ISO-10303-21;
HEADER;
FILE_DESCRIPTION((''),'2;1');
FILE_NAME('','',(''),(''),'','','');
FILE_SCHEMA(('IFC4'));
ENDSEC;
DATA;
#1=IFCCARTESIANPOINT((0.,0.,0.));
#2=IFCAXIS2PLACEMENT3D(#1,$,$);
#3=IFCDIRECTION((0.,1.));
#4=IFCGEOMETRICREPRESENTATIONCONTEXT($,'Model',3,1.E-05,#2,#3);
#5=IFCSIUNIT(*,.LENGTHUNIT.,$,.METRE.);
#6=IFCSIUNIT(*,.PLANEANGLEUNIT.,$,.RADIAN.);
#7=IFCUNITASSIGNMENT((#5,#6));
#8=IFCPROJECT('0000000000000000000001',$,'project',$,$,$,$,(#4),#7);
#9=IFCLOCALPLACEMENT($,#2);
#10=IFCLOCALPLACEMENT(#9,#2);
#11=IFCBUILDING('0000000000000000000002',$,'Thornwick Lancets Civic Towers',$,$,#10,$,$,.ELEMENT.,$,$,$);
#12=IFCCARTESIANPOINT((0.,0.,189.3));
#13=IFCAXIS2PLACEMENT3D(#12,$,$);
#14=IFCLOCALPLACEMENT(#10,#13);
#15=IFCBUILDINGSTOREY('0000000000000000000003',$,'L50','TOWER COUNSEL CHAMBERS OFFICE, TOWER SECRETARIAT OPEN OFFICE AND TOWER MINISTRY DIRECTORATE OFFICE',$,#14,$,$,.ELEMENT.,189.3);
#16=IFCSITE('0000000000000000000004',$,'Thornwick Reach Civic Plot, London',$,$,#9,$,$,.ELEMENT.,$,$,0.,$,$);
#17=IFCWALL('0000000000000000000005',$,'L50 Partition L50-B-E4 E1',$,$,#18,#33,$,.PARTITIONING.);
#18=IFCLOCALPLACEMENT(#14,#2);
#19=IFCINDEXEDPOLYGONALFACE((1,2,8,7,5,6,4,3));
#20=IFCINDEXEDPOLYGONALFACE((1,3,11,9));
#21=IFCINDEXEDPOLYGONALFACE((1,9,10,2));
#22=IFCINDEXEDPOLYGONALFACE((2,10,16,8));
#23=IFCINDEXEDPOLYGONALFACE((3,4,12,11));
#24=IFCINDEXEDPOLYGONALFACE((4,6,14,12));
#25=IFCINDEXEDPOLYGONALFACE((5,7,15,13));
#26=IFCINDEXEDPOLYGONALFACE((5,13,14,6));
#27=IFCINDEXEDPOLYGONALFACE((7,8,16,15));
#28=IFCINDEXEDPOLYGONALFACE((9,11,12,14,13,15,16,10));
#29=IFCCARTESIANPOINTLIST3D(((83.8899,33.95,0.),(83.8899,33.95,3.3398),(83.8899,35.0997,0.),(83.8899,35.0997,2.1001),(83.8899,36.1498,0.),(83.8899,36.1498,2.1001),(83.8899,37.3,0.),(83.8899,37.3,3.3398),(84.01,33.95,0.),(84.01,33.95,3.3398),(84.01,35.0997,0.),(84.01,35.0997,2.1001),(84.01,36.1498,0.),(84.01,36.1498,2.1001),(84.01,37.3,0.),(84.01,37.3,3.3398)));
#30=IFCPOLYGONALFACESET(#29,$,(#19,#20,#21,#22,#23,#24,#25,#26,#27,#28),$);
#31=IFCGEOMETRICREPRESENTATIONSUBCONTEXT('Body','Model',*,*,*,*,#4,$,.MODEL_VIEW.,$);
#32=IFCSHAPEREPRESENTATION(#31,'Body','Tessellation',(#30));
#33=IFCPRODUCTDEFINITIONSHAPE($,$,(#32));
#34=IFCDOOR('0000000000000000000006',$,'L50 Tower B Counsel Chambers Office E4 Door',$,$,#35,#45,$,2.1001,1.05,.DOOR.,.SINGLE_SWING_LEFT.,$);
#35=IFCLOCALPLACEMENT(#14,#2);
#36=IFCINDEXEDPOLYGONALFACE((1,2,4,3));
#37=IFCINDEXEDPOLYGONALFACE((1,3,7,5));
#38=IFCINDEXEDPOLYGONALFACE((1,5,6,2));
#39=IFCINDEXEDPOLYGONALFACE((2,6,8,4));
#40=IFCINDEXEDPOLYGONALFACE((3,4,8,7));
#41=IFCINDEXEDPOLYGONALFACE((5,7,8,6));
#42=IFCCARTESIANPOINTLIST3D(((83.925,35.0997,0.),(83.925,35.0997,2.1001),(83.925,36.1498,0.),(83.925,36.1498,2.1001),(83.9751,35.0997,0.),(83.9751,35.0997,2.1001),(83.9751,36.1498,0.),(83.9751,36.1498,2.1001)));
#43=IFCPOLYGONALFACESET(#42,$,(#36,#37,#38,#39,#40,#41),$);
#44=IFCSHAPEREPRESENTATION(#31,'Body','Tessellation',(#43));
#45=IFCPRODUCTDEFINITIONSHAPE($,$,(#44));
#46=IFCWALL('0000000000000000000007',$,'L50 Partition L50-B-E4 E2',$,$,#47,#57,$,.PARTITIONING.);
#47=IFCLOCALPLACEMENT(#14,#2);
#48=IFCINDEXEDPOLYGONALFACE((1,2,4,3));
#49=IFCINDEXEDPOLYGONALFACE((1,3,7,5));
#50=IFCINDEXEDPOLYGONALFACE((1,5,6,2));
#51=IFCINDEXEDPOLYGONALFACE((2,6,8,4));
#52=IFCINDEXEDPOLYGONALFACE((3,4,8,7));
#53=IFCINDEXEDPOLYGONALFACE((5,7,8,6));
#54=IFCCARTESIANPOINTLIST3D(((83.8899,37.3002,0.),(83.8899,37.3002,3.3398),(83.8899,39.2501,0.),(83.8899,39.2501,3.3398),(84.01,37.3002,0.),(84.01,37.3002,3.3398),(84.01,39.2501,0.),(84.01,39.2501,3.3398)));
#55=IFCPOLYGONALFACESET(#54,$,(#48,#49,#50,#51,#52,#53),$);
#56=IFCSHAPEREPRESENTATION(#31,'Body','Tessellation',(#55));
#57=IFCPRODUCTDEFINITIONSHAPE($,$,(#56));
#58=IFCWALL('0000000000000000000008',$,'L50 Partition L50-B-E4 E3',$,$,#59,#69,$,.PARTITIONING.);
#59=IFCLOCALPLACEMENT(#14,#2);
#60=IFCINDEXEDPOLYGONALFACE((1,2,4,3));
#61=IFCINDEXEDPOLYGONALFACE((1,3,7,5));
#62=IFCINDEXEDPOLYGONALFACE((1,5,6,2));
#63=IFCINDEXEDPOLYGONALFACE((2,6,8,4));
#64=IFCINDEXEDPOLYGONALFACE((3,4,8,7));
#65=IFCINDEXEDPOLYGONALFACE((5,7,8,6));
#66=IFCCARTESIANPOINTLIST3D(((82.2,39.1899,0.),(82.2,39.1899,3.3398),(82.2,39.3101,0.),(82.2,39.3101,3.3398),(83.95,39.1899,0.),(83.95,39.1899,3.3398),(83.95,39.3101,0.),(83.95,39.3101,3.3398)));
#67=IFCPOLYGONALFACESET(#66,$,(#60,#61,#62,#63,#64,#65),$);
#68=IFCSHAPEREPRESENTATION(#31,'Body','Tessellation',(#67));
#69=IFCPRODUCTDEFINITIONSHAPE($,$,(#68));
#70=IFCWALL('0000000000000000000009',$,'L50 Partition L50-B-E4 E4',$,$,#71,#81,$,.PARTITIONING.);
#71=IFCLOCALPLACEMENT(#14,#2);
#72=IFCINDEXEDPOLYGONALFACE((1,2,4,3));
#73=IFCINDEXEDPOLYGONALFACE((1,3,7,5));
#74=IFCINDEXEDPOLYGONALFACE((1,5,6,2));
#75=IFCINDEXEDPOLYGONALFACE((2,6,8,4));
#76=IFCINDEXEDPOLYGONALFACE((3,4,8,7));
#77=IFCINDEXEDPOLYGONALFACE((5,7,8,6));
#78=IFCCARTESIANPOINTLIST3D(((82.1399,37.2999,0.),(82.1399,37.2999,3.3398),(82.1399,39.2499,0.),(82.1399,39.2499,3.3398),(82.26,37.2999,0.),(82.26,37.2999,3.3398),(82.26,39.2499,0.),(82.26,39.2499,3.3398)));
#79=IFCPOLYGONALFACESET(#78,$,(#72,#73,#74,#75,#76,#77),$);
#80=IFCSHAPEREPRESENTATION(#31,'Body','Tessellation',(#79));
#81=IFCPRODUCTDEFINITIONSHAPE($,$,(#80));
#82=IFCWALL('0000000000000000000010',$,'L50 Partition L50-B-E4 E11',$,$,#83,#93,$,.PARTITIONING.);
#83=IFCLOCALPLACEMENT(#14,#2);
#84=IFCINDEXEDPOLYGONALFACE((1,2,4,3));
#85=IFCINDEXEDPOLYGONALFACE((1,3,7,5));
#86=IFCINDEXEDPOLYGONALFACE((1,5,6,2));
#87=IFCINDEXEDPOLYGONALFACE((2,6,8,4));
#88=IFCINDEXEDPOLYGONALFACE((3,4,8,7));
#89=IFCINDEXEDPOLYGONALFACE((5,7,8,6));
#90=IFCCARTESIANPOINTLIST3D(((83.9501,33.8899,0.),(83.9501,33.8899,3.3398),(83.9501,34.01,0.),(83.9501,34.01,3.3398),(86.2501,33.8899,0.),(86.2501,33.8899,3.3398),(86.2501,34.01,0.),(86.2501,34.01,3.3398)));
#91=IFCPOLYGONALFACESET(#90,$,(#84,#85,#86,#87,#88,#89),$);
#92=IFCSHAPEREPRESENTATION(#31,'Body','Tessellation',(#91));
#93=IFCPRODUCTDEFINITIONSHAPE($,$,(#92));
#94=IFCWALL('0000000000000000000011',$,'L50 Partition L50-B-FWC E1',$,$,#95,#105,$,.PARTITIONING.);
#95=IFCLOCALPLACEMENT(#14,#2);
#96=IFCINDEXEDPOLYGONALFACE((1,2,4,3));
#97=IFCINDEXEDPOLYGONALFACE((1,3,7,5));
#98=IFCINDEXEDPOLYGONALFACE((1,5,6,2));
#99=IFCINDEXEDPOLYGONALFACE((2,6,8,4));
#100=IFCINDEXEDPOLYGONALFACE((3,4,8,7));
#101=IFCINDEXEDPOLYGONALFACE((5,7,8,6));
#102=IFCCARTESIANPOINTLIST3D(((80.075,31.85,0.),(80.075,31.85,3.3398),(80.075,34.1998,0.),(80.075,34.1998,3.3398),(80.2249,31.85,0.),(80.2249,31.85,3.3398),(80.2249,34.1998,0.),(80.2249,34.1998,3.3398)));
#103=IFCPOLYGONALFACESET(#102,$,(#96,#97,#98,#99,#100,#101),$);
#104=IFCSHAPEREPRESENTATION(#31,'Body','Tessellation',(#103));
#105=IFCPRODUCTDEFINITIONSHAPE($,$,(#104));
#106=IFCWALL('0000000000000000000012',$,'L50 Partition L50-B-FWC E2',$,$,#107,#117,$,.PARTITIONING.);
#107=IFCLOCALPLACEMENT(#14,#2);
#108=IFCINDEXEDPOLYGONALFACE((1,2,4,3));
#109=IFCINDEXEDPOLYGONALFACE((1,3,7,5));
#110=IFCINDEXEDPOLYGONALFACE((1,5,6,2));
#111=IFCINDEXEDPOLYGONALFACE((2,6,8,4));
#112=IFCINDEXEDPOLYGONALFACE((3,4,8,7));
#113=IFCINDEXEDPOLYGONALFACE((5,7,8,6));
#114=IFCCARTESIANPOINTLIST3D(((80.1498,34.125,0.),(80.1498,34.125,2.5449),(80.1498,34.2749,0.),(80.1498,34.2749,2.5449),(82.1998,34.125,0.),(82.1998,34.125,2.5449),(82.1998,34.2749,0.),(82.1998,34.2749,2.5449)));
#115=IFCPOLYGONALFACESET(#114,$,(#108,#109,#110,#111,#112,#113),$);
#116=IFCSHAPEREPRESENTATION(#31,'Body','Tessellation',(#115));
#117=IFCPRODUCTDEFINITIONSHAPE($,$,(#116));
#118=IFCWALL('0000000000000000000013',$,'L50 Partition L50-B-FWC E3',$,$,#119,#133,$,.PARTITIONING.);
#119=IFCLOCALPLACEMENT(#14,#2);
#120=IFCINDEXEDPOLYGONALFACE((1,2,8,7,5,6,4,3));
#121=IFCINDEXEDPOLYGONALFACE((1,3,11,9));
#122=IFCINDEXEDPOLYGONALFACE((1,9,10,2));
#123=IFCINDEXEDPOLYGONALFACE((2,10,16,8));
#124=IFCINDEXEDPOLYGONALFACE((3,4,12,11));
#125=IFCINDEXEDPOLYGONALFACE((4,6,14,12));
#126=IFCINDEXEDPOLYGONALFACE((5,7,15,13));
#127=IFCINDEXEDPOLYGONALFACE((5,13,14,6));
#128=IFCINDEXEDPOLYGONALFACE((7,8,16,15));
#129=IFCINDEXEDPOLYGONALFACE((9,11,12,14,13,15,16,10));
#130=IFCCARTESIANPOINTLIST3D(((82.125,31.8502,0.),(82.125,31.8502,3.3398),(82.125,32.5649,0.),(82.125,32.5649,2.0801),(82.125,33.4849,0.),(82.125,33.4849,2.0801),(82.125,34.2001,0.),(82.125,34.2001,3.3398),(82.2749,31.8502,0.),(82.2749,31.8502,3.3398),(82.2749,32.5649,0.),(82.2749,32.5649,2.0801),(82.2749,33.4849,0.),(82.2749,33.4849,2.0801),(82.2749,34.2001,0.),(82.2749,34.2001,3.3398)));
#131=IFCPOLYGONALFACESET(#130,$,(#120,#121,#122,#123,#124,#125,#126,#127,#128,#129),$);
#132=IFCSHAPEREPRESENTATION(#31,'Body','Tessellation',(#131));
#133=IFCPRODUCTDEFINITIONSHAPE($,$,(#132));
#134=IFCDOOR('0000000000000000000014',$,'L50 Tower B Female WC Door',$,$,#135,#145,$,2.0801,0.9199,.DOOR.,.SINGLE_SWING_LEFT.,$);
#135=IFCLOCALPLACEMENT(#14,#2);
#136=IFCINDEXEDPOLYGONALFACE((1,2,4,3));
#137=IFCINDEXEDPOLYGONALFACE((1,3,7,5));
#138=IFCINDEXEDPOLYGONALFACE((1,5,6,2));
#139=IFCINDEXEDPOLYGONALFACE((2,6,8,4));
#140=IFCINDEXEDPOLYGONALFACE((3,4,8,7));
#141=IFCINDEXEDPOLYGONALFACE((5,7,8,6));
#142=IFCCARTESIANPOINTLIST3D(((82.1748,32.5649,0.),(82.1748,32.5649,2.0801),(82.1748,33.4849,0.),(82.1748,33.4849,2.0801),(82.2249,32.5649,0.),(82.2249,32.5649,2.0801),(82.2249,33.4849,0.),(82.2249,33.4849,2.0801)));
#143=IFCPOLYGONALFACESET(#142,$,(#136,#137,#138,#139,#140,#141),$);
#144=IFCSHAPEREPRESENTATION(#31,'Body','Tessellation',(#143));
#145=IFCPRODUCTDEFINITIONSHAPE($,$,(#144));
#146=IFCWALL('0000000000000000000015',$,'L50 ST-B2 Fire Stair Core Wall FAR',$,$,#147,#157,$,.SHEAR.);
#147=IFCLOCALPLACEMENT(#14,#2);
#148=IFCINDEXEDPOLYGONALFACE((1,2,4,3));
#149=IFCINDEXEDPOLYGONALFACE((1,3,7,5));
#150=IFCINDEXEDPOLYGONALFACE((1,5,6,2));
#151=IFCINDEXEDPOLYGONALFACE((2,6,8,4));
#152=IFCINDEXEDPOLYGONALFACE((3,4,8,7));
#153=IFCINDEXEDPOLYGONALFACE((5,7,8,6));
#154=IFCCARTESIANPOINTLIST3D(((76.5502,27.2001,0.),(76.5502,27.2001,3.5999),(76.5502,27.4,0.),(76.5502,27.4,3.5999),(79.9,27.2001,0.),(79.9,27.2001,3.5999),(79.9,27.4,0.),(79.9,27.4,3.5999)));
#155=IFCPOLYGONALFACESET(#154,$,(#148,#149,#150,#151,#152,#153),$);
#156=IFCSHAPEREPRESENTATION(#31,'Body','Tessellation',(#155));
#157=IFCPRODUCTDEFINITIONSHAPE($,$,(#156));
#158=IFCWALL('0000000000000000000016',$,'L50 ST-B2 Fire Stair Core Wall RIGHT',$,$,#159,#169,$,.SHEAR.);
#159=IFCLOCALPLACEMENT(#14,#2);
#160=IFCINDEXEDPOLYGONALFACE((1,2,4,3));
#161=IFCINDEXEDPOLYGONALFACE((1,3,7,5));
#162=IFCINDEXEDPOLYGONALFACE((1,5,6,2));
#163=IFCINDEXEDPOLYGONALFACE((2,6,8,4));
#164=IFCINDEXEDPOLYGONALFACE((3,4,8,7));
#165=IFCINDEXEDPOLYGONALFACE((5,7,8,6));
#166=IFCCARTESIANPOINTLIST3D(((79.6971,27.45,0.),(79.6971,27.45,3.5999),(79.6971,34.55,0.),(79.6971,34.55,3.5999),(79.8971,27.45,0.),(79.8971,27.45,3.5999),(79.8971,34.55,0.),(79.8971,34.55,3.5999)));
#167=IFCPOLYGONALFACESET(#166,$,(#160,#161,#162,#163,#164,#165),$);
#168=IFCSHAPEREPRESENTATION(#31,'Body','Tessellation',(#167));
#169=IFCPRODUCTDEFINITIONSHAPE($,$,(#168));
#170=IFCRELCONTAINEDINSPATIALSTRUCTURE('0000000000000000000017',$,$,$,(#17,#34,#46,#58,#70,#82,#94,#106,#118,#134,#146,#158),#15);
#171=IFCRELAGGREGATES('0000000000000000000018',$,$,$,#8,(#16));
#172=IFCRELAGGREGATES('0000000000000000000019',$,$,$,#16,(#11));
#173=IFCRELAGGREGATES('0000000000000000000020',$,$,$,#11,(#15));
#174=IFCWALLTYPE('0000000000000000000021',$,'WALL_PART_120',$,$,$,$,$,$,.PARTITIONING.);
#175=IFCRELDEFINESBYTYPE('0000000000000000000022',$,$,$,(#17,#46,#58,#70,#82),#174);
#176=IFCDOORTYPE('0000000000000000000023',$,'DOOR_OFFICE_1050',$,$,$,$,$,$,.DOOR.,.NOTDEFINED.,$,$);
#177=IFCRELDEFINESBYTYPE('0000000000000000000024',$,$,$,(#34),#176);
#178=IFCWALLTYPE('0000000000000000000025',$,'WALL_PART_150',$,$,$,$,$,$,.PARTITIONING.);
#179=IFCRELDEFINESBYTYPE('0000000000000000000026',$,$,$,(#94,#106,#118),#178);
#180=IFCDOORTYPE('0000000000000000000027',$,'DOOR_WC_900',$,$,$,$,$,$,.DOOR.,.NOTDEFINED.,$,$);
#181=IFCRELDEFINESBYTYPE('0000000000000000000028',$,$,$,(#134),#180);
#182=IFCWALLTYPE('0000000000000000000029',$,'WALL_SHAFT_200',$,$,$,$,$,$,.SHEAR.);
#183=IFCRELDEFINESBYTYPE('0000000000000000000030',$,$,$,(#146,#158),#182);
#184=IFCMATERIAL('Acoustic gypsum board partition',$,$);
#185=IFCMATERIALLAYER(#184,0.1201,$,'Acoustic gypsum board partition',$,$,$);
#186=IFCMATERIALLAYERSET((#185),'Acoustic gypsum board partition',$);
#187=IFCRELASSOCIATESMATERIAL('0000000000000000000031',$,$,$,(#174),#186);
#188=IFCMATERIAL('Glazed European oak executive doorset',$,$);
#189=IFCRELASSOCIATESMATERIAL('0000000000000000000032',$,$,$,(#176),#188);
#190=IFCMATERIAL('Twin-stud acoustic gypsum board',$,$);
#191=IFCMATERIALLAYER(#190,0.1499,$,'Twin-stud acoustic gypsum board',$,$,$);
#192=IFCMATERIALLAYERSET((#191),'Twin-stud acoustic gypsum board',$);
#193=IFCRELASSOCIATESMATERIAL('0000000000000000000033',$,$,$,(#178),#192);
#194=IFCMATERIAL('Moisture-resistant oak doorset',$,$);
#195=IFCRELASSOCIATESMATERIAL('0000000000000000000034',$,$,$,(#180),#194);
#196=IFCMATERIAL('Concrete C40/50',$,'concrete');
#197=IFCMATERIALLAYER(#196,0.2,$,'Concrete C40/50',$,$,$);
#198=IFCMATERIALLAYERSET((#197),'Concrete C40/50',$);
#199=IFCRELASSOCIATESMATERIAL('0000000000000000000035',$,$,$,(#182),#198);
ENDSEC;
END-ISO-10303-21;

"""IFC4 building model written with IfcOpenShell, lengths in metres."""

from ifc_helpers import new_model, si_unit, direction, frame, frame_2d, origin, place, context, subcontext, project, spatial, rectangle, extrude, material, layer, layer_set, type_object, element, fill, save


model = new_model("IFC4")

# Units and contexts
model_context = context("Model", 3, precision=1e-05, world=origin(), true_north=direction((0.0, 1.0)))
body_context = subcontext(model_context, "Body", "Model", "MODEL_VIEW")
ifc_project = project(units=[si_unit("LENGTHUNIT", "METRE"), si_unit("PLANEANGLEUNIT", "RADIAN")], contexts=[model_context])

# Site, building, storey
site_placement = place(None, origin())
site = spatial("IfcSite", under=ifc_project, at=site_placement, Name="Thornwick Reach Civic Plot, London", CompositionType="ELEMENT", RefElevation=0.0)
building_placement = place(site_placement, origin())
building = spatial("IfcBuilding", under=site, at=building_placement, Name="Thornwick Lancets Civic Towers", CompositionType="ELEMENT")
storey_placement = place(building_placement, frame((0.0, 0.0, 189.3)))
storey = spatial("IfcBuildingStorey", under=building, at=storey_placement, Name="L50", Description="TOWER COUNSEL CHAMBERS OFFICE, TOWER SECRETARIAT OPEN OFFICE AND TOWER MINISTRY DIRECTORATE OFFICE", CompositionType="ELEMENT", Elevation=189.3)

# Shared definitions
ifc_material_1 = material(Name="Acoustic gypsum board partition")
ifc_layer_1 = layer(ifc_material_1, 0.1201, Name="Acoustic gypsum board partition")
ifc_layer_set_1 = layer_set([ifc_layer_1], Name="Acoustic gypsum board partition")
wall_type_1 = type_object("IfcWallType", Name="WALL_PART_120", PredefinedType="PARTITIONING", material=ifc_layer_set_1)

# Wall, opening, door
wall_1_placement = place(storey_placement, frame((83.95, 33.95, 0.0), z_axis=(0.0, 0.0, 1.0), x_axis=(0.0, 1.0, 0.0)))
wall_1 = element("IfcWall", 1, at=wall_1_placement, inside=storey, type_object=wall_type_1, Name="L50 Partition L50-B-E4 E1", PredefinedType="PARTITIONING", context=body_context, shape_type="SweptSolid", body=[
    extrude(rectangle(XDim=3.3501, YDim=0.1201, at=frame_2d((1.675, 0.0))), origin(), (0.0, 0.0, 1.0), 3.3398),
])
opening_1_placement = place(wall_1_placement, frame((1.1499, 0.0, 0.0)))
opening_1 = element("IfcOpeningElement", 2, at=opening_1_placement, cuts=wall_1, PredefinedType="OPENING", context=body_context, shape_type="SweptSolid", body=[
    extrude(rectangle(XDim=1.05, YDim=2.1001, at=frame_2d((0.5249, 1.05))), frame((0.0, 0.0701, 0.0), z_axis=(0.0, -1.0, 0.0), x_axis=(1.0, 0.0, 0.0)), (0.0, 0.0, 1.0), 0.1401),
])
ifc_material_2 = material(Name="Glazed European oak executive doorset")
door_type_1 = type_object("IfcDoorType", Name="DOOR_OFFICE_1050", OperationType="NOTDEFINED", PredefinedType="DOOR", material=ifc_material_2)
door_1_placement = place(opening_1_placement, origin())
door_1 = element("IfcDoor", 3, at=door_1_placement, inside=storey, type_object=door_type_1, Name="L50 Tower B Counsel Chambers Office E4 Door", OperationType="SINGLE_SWING_LEFT", OverallHeight=2.1001, OverallWidth=1.05, PredefinedType="DOOR", context=body_context, shape_type="SweptSolid", body=[
    extrude(rectangle(XDim=1.05, YDim=2.1001, at=frame_2d((0.5249, 1.05))), frame((0.0, 0.0249, 0.0), z_axis=(0.0, -1.0, 0.0), x_axis=(1.0, 0.0, 0.0)), (0.0, 0.0, 1.0), 0.05),
])
fill(opening_1, door_1)

# Walls
wall_2_placement = place(storey_placement, frame((83.95, 37.3, 0.0), z_axis=(0.0, 0.0, 1.0), x_axis=(0.0, 1.0, 0.0)))
element("IfcWall", 4, at=wall_2_placement, inside=storey, type_object=wall_type_1, Name="L50 Partition L50-B-E4 E2", PredefinedType="PARTITIONING", context=body_context, shape_type="SweptSolid", body=[
    extrude(rectangle(XDim=1.95, YDim=0.1201, at=frame_2d((0.9751, 0.0))), origin(), (0.0, 0.0, 1.0), 3.3398),
])
wall_3_placement = place(storey_placement, frame((83.95, 39.25, 0.0), z_axis=(0.0, 0.0, 1.0), x_axis=(-1.0, 0.0, 0.0)))
element("IfcWall", 5, at=wall_3_placement, inside=storey, type_object=wall_type_1, Name="L50 Partition L50-B-E4 E3", PredefinedType="PARTITIONING", context=body_context, shape_type="SweptSolid", body=[
    extrude(rectangle(XDim=1.75, YDim=0.1201, at=frame_2d((0.875, 0.0))), origin(), (0.0, 0.0, 1.0), 3.3398),
])
wall_4_placement = place(storey_placement, frame((82.2, 39.25, 0.0), z_axis=(0.0, 0.0, 1.0), x_axis=(0.0, -1.0, 0.0)))
element("IfcWall", 6, at=wall_4_placement, inside=storey, type_object=wall_type_1, Name="L50 Partition L50-B-E4 E4", PredefinedType="PARTITIONING", context=body_context, shape_type="SweptSolid", body=[
    extrude(rectangle(XDim=1.95, YDim=0.1201, at=frame_2d((0.9751, 0.0))), origin(), (0.0, 0.0, 1.0), 3.3398),
])
wall_5_placement = place(storey_placement, frame((86.25, 33.95, 0.0), z_axis=(0.0, 0.0, 1.0), x_axis=(-1.0, 0.0, 0.0)))
element("IfcWall", 7, at=wall_5_placement, inside=storey, type_object=wall_type_1, Name="L50 Partition L50-B-E4 E11", PredefinedType="PARTITIONING", context=body_context, shape_type="SweptSolid", body=[
    extrude(rectangle(XDim=2.3, YDim=0.1201, at=frame_2d((1.1499, 0.0))), origin(), (0.0, 0.0, 1.0), 3.3398),
])
ifc_material_3 = material(Name="Twin-stud acoustic gypsum board")
ifc_layer_2 = layer(ifc_material_3, 0.1499, Name="Twin-stud acoustic gypsum board")
ifc_layer_set_2 = layer_set([ifc_layer_2], Name="Twin-stud acoustic gypsum board")
wall_type_2 = type_object("IfcWallType", Name="WALL_PART_150", PredefinedType="PARTITIONING", material=ifc_layer_set_2)
wall_6_placement = place(storey_placement, frame((80.1499, 31.8501, 0.0), z_axis=(0.0, 0.0, 1.0), x_axis=(0.0, 1.0, 0.0)))
element("IfcWall", 8, at=wall_6_placement, inside=storey, type_object=wall_type_2, Name="L50 Partition L50-B-FWC E1", PredefinedType="PARTITIONING", context=body_context, shape_type="SweptSolid", body=[
    extrude(rectangle(XDim=2.3499, YDim=0.1499, at=frame_2d((1.1748, 0.0))), origin(), (0.0, 0.0, 1.0), 3.3398),
])
wall_7_placement = place(storey_placement, frame((80.1499, 34.2, 0.0), z_axis=(0.0, 0.0, 1.0), x_axis=(1.0, 0.0, 0.0)))
element("IfcWall", 9, at=wall_7_placement, inside=storey, type_object=wall_type_2, Name="L50 Partition L50-B-FWC E2", PredefinedType="PARTITIONING", context=body_context, shape_type="SweptSolid", body=[
    extrude(rectangle(XDim=2.05, YDim=0.1499, at=frame_2d((1.0249, 0.0))), origin(), (0.0, 0.0, 1.0), 2.5449),
])

# Wall, opening, door
wall_8_placement = place(storey_placement, frame((82.2, 34.2, 0.0), z_axis=(0.0, 0.0, 1.0), x_axis=(0.0, -1.0, 0.0)))
wall_8 = element("IfcWall", 10, at=wall_8_placement, inside=storey, type_object=wall_type_2, Name="L50 Partition L50-B-FWC E3", PredefinedType="PARTITIONING", context=body_context, shape_type="SweptSolid", body=[
    extrude(rectangle(XDim=2.3499, YDim=0.1499, at=frame_2d((1.1748, 0.0))), origin(), (0.0, 0.0, 1.0), 3.3398),
])
opening_2_placement = place(wall_8_placement, frame((0.7151, 0.0, 0.0)))
opening_2 = element("IfcOpeningElement", 11, at=opening_2_placement, cuts=wall_8, PredefinedType="OPENING", context=body_context, shape_type="SweptSolid", body=[
    extrude(rectangle(XDim=0.9199, YDim=2.0801, at=frame_2d((0.46, 1.04))), frame((0.0, 0.085, 0.0), z_axis=(0.0, -1.0, 0.0), x_axis=(1.0, 0.0, 0.0)), (0.0, 0.0, 1.0), 0.1699),
])
ifc_material_4 = material(Name="Moisture-resistant oak doorset")
door_type_2 = type_object("IfcDoorType", Name="DOOR_WC_900", OperationType="NOTDEFINED", PredefinedType="DOOR", material=ifc_material_4)
door_2_placement = place(opening_2_placement, origin())
door_2 = element("IfcDoor", 12, at=door_2_placement, inside=storey, type_object=door_type_2, Name="L50 Tower B Female WC Door", OperationType="SINGLE_SWING_LEFT", OverallHeight=2.0801, OverallWidth=0.9199, PredefinedType="DOOR", context=body_context, shape_type="SweptSolid", body=[
    extrude(rectangle(XDim=0.9199, YDim=2.0801, at=frame_2d((0.46, 1.04))), frame((0.0, 0.0249, 0.0), z_axis=(0.0, -1.0, 0.0), x_axis=(1.0, 0.0, 0.0)), (0.0, 0.0, 1.0), 0.05),
])
fill(opening_2, door_2)

# Walls
ifc_material_5 = material(Name="Concrete C40/50", Category="concrete")
ifc_layer_3 = layer(ifc_material_5, 0.2, Name="Concrete C40/50")
ifc_layer_set_3 = layer_set([ifc_layer_3], Name="Concrete C40/50")
wall_type_3 = type_object("IfcWallType", Name="WALL_SHAFT_200", PredefinedType="SHEAR", material=ifc_layer_set_3)
wall_9_placement = place(storey_placement, frame((79.8999, 27.3, 0.0), z_axis=(0.0, 0.0, 1.0), x_axis=(-1.0, 0.0, 0.0)))
element("IfcWall", 13, at=wall_9_placement, inside=storey, type_object=wall_type_3, Name="L50 ST-B2 Fire Stair Core Wall FAR", PredefinedType="SHEAR", context=body_context, shape_type="SweptSolid", body=[
    extrude(rectangle(XDim=3.3499, YDim=0.2, at=frame_2d((1.6748, 0.0))), origin(), (0.0, 0.0, 1.0), 3.5999),
])
wall_10_placement = place(storey_placement, frame((79.7971, 27.45, 0.0), z_axis=(0.0, 0.0, 1.0), x_axis=(0.0, 1.0, 0.0)))
element("IfcWall", 14, at=wall_10_placement, inside=storey, type_object=wall_type_3, Name="L50 ST-B2 Fire Stair Core Wall RIGHT", PredefinedType="SHEAR", context=body_context, shape_type="SweptSolid", body=[
    extrude(rectangle(XDim=7.1001, YDim=0.2, at=frame_2d((3.55, 0.0))), origin(), (0.0, 0.0, 1.0), 3.5999),
])

save(model, "model.ifc")
